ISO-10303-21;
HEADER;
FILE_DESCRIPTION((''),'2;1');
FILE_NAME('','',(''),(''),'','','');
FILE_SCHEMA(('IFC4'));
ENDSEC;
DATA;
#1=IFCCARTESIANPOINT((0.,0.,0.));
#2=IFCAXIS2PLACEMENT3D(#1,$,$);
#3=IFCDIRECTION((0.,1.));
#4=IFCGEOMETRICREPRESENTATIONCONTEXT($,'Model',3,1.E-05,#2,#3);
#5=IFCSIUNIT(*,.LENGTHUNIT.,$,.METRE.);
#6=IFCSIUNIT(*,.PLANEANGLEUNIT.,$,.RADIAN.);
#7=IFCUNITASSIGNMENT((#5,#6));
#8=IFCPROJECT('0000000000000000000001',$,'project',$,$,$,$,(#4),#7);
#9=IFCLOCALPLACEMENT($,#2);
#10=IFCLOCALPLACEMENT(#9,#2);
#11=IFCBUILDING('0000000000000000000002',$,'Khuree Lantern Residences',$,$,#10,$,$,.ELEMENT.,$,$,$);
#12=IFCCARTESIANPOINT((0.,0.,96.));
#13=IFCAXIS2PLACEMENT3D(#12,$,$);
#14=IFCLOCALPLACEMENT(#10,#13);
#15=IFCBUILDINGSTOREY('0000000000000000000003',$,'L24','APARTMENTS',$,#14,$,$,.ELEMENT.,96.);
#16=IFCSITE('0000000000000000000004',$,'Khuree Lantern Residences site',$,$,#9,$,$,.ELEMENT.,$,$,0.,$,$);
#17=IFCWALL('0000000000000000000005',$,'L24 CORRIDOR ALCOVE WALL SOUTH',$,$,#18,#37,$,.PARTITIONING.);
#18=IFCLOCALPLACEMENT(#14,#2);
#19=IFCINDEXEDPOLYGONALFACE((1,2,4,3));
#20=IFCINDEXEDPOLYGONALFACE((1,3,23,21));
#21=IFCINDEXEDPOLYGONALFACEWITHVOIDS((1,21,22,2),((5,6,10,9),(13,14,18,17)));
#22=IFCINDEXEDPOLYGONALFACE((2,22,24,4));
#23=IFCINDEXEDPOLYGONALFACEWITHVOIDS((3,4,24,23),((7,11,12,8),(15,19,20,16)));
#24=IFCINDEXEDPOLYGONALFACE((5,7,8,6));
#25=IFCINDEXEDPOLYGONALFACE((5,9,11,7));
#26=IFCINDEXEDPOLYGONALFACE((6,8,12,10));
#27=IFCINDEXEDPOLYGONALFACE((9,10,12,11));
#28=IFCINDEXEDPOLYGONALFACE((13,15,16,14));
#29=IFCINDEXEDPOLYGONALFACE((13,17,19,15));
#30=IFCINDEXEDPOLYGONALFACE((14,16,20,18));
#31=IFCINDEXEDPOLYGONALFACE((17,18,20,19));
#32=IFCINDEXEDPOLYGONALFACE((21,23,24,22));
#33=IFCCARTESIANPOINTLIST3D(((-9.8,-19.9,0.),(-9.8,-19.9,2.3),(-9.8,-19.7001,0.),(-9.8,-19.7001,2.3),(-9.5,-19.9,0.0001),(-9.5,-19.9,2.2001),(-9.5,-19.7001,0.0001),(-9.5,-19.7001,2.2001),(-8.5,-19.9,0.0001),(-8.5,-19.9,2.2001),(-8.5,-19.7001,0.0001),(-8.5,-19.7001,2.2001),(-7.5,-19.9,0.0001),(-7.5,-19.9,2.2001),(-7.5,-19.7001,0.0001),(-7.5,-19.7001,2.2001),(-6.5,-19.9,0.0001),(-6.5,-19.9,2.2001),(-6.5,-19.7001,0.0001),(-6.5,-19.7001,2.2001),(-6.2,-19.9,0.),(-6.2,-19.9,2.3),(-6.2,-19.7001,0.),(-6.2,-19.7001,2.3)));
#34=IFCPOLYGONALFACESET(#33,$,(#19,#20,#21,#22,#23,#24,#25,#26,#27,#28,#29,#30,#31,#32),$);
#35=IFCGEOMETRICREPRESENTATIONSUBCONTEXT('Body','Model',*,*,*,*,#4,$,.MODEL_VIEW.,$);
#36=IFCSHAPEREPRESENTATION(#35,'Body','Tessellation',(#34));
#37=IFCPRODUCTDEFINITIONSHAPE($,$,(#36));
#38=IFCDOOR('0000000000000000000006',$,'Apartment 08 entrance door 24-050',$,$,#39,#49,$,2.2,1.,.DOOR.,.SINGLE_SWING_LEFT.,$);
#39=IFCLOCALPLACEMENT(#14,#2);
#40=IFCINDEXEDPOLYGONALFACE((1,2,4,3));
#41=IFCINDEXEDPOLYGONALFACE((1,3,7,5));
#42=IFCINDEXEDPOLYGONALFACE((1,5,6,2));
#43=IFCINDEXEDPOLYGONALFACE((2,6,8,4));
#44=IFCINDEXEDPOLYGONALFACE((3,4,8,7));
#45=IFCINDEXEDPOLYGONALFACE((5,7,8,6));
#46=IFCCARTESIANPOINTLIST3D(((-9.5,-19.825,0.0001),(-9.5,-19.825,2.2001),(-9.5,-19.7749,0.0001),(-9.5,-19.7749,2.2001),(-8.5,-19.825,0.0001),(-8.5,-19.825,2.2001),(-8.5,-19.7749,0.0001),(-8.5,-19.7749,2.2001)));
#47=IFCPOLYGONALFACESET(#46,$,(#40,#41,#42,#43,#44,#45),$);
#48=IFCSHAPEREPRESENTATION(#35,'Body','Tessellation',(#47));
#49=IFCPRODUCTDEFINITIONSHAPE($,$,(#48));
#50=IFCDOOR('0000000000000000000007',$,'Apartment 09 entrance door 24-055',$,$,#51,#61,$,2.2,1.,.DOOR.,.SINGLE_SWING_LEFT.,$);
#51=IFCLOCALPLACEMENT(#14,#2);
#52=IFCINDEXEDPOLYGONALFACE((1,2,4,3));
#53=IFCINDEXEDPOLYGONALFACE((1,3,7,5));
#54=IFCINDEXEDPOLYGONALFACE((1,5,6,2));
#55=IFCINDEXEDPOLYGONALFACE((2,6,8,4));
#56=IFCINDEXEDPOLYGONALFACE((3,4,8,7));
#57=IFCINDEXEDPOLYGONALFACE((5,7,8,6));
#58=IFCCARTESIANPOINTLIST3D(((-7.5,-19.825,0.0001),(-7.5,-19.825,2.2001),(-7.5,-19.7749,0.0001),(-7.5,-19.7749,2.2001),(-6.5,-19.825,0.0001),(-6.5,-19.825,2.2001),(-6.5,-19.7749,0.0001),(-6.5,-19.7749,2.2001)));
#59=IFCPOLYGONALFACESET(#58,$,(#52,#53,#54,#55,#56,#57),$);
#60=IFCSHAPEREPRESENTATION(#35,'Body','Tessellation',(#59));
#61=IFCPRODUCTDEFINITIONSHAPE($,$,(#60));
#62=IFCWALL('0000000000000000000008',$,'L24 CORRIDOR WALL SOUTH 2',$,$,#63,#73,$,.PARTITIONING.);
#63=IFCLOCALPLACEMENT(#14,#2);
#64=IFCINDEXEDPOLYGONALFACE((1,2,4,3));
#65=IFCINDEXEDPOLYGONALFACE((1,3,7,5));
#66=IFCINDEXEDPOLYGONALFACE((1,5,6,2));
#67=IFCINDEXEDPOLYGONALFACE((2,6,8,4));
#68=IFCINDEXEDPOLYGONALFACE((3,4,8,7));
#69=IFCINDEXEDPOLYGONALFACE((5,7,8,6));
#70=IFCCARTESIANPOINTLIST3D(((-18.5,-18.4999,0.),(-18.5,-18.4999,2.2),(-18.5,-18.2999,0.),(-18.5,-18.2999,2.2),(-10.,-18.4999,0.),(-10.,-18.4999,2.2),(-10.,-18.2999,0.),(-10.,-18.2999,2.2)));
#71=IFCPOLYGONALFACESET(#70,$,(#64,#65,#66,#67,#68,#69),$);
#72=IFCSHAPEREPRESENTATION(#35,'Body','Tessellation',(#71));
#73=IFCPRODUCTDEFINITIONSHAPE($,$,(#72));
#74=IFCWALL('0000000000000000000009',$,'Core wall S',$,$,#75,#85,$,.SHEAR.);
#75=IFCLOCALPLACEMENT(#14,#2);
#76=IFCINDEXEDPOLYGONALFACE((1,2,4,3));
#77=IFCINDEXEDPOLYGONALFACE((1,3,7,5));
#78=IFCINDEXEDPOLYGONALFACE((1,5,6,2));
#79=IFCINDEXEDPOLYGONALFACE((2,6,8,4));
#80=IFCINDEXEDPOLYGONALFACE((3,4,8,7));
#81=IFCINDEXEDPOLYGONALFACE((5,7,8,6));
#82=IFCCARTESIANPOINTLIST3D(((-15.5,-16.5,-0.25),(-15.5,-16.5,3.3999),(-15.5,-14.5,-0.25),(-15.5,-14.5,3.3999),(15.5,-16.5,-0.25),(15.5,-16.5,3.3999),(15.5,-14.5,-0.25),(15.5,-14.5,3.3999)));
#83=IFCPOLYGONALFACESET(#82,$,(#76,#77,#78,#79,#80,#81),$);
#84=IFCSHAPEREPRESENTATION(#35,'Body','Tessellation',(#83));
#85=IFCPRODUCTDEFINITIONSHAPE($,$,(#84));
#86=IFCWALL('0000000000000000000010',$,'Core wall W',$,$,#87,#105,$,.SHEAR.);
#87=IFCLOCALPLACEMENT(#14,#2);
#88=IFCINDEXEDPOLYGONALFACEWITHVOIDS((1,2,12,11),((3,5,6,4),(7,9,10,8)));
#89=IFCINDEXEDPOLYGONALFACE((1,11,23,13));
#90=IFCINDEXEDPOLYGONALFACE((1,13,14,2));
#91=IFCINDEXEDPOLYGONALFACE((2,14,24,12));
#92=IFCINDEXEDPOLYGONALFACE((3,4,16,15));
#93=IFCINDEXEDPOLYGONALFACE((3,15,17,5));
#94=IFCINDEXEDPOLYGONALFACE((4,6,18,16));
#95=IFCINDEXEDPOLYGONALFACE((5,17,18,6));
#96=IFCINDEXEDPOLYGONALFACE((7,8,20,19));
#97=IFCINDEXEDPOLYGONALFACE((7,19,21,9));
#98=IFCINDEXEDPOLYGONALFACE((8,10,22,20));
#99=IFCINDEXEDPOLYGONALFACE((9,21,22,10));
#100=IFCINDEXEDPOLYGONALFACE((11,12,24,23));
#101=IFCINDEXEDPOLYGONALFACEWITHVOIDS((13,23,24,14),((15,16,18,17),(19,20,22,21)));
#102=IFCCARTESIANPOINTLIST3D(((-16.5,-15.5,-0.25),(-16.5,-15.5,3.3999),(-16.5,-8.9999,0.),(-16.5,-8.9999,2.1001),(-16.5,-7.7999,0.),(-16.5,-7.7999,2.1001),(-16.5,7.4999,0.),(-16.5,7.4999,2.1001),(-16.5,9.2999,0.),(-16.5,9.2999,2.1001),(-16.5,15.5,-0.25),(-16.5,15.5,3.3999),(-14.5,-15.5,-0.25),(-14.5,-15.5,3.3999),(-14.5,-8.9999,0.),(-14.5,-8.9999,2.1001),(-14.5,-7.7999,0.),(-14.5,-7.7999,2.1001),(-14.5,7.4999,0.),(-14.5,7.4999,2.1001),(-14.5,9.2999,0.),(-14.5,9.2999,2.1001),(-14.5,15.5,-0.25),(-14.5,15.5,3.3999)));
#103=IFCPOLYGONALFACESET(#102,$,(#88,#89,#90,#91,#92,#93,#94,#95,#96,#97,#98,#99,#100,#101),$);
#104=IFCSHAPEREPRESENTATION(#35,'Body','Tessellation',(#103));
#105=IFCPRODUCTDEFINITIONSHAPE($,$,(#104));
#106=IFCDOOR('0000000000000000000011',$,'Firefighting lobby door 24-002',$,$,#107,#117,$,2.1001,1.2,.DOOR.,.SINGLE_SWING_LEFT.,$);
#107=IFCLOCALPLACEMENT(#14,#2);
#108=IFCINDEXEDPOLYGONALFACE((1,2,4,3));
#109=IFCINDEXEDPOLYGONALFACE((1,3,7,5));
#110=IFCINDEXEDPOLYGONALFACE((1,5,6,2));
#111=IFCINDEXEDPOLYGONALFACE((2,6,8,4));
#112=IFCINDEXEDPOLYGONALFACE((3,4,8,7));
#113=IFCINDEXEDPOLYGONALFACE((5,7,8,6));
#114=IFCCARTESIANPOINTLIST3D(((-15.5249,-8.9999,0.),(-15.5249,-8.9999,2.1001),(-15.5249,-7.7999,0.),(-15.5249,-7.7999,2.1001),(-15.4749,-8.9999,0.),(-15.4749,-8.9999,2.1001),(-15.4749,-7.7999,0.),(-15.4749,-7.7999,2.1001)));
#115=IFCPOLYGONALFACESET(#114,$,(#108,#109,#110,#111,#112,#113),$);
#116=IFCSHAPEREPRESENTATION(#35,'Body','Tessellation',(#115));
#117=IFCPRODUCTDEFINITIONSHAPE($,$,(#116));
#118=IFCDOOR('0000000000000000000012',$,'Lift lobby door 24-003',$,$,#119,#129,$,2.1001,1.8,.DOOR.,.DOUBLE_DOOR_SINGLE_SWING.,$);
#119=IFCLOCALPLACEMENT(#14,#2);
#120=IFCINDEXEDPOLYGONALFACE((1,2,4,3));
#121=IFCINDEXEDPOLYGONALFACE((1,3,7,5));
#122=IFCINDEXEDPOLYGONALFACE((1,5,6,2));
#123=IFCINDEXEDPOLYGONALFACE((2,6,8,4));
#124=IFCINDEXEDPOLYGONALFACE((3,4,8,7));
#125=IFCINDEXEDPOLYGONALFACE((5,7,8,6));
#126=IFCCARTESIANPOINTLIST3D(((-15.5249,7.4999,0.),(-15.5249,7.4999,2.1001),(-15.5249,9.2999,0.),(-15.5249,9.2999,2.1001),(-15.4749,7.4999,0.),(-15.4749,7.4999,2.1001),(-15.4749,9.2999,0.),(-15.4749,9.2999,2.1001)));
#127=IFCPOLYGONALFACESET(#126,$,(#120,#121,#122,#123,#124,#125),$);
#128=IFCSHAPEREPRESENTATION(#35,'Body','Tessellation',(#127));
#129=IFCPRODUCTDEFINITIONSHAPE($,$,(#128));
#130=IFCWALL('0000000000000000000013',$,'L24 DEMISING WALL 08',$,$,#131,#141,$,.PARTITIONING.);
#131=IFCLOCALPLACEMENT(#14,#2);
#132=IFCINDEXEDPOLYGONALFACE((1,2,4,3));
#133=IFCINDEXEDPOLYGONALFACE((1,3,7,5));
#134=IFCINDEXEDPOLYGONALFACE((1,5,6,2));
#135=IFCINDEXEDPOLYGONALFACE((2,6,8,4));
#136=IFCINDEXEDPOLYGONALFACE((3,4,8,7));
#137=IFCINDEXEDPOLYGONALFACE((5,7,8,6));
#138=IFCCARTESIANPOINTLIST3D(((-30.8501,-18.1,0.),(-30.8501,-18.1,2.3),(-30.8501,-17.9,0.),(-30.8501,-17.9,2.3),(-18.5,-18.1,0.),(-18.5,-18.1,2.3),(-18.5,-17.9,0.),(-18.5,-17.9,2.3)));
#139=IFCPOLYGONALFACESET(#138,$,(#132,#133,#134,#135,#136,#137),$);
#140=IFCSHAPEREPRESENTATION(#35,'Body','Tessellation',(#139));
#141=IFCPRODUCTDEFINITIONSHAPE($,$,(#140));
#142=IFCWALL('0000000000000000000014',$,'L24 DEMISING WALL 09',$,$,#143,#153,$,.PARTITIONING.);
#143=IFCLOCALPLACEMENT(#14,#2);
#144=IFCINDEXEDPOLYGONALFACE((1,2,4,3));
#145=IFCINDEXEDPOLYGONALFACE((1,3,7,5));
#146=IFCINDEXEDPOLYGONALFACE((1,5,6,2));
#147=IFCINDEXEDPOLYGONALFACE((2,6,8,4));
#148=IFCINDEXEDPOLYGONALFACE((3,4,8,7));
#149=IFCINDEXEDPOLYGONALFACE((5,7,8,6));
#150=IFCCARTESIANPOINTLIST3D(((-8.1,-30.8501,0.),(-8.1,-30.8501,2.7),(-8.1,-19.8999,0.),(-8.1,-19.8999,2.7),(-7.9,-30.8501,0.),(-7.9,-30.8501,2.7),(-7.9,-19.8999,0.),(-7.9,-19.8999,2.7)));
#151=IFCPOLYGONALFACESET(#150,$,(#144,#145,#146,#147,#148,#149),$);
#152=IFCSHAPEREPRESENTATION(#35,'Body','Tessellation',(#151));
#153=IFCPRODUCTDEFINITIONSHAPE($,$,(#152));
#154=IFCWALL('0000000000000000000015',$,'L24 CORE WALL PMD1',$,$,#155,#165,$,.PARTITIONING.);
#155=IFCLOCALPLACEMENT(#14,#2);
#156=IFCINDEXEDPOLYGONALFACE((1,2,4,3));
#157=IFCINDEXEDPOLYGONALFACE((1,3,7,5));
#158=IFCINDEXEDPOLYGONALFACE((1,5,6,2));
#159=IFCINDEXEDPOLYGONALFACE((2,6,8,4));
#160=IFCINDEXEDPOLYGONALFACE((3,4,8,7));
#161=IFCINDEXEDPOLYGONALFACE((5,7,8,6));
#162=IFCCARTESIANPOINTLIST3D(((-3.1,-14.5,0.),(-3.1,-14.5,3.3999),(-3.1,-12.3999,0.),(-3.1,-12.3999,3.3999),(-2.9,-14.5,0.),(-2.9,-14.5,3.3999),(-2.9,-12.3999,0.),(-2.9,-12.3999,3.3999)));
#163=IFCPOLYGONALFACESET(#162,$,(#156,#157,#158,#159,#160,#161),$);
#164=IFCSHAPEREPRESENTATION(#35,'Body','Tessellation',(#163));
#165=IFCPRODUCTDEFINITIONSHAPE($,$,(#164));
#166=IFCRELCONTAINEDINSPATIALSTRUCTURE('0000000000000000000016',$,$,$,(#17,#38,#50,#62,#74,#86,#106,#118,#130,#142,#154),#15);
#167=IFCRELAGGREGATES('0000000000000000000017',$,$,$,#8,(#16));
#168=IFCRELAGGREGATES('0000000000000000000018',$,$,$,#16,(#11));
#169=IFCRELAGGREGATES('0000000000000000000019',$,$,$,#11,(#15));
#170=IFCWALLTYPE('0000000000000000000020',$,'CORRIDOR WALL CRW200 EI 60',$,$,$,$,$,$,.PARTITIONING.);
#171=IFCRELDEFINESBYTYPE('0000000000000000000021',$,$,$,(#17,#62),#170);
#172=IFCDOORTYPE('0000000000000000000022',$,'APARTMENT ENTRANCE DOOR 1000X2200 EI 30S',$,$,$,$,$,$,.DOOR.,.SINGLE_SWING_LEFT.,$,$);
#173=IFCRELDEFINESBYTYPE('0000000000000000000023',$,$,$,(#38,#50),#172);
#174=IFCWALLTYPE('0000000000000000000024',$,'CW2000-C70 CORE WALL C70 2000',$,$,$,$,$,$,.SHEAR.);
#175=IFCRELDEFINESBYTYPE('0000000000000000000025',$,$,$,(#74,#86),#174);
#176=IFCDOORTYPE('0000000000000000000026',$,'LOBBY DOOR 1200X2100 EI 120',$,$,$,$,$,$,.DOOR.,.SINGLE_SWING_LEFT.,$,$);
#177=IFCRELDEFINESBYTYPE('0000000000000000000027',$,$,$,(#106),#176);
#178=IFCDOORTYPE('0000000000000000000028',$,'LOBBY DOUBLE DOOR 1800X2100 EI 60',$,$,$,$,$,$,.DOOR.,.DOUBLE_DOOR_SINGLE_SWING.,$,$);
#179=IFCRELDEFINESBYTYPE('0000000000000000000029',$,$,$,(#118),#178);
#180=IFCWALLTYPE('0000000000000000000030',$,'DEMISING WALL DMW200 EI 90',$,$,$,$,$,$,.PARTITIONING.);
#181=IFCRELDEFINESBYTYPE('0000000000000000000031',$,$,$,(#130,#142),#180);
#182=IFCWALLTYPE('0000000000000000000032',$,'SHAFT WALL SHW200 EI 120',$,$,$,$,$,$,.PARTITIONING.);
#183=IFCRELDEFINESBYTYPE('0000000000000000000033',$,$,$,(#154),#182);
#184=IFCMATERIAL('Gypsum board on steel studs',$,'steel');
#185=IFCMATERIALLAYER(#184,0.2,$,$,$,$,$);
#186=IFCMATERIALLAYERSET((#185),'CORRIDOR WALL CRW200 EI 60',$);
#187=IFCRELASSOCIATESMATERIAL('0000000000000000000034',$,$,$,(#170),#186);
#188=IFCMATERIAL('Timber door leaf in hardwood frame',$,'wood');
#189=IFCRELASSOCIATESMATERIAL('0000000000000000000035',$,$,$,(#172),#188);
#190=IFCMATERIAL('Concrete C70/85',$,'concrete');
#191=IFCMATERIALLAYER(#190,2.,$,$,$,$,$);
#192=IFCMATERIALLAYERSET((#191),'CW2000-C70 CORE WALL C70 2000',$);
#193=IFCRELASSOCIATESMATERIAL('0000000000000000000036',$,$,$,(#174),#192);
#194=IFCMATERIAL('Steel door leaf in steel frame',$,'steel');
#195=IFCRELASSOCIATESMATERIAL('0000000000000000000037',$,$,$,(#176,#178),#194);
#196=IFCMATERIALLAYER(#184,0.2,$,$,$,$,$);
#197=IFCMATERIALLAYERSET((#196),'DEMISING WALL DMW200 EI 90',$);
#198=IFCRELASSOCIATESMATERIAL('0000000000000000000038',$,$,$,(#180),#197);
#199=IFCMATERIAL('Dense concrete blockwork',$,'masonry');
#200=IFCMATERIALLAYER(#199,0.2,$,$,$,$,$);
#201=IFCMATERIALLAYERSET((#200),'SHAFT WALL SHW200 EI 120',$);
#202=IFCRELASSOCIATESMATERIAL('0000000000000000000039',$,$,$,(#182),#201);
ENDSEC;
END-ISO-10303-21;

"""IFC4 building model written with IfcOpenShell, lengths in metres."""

from ifc_helpers import new_model, si_unit, direction, frame, frame_2d, origin, place, context, subcontext, project, spatial, rectangle, extrude, material, layer, layer_set, type_object, element, fill, save


model = new_model("IFC4")

# Units and contexts
model_context = context("Model", 3, precision=1e-05, world=origin(), true_north=direction((0.0, 1.0)))
body_context = subcontext(model_context, "Body", "Model", "MODEL_VIEW")
ifc_project = project(units=[si_unit("LENGTHUNIT", "METRE"), si_unit("PLANEANGLEUNIT", "RADIAN")], contexts=[model_context])

# Site, building, storey
site_placement = place(None, origin())
site = spatial("IfcSite", under=ifc_project, at=site_placement, Name="Khuree Lantern Residences site", CompositionType="ELEMENT", RefElevation=0.0)
building_placement = place(site_placement, origin())
building = spatial("IfcBuilding", under=site, at=building_placement, Name="Khuree Lantern Residences", CompositionType="ELEMENT")
storey_placement = place(building_placement, frame((0.0, 0.0, 96.0)))
storey = spatial("IfcBuildingStorey", under=building, at=storey_placement, Name="L24", Description="APARTMENTS", CompositionType="ELEMENT", Elevation=96.0)

# Shared definitions
ifc_material_1 = material(Name="Concrete C70/85", Category="concrete")

# Shared definitions
ifc_material_2 = material(Name="Timber door leaf in hardwood frame", Category="wood")

# Shared definitions
ifc_material_3 = material(Name="Dense concrete blockwork", Category="masonry")
ifc_material_4 = material(Name="Gypsum board on steel studs", Category="steel")
ifc_layer_1 = layer(ifc_material_4, 0.2)
ifc_layer_set_1 = layer_set([ifc_layer_1], Name="CORRIDOR WALL CRW200 EI 60")
wall_type_1 = type_object("IfcWallType", Name="CORRIDOR WALL CRW200 EI 60", PredefinedType="PARTITIONING", material=ifc_layer_set_1)

# Wall, openings, doors
wall_1_placement = place(storey_placement, frame((-6.2, -19.8, 0.0), z_axis=(0.0, 0.0, 1.0), x_axis=(-1.0, 0.0, 0.0)))
wall_1 = element("IfcWall", 1, at=wall_1_placement, inside=storey, type_object=wall_type_1, Name="L24 CORRIDOR ALCOVE WALL SOUTH", PredefinedType="PARTITIONING", context=body_context, shape_type="SweptSolid", body=[
    extrude(rectangle(XDim=3.6001, YDim=0.2, at=frame_2d((1.8, 0.0))), origin(), (0.0, 0.0, 1.0), 2.3),
])
opening_1_placement = place(wall_1_placement, frame((2.3, 0.0, 0.0)))
opening_1 = element("IfcOpeningElement", 2, at=opening_1_placement, cuts=wall_1, PredefinedType="OPENING", context=body_context, shape_type="SweptSolid", body=[
    extrude(rectangle(XDim=1.0, YDim=2.2, at=frame_2d((0.5, 1.1001))), frame((0.0, 0.1099, 0.0), z_axis=(0.0, -1.0, 0.0), x_axis=(1.0, 0.0, 0.0)), (0.0, 0.0, 1.0), 0.22),
])
opening_2_placement = place(wall_1_placement, frame((0.3, 0.0, 0.0)))
opening_2 = element("IfcOpeningElement", 3, at=opening_2_placement, cuts=wall_1, PredefinedType="OPENING", context=body_context, shape_type="SweptSolid", body=[
    extrude(rectangle(XDim=1.0, YDim=2.2, at=frame_2d((0.5, 1.1001))), frame((0.0, 0.1099, 0.0), z_axis=(0.0, -1.0, 0.0), x_axis=(1.0, 0.0, 0.0)), (0.0, 0.0, 1.0), 0.22),
])
door_type_1 = type_object("IfcDoorType", Name="APARTMENT ENTRANCE DOOR 1000X2200 EI 30S", OperationType="SINGLE_SWING_LEFT", PredefinedType="DOOR", material=ifc_material_2)
door_1_placement = place(opening_1_placement, origin())
door_1 = element("IfcDoor", 4, at=door_1_placement, inside=storey, type_object=door_type_1, Name="Apartment 08 entrance door 24-050", OperationType="SINGLE_SWING_LEFT", OverallHeight=2.2, OverallWidth=1.0, PredefinedType="DOOR", context=body_context, shape_type="SweptSolid", body=[
    extrude(rectangle(XDim=1.0, YDim=2.2, at=frame_2d((0.5, 1.1001))), frame((0.0, 0.0249, 0.0), z_axis=(0.0, -1.0, 0.0), x_axis=(1.0, 0.0, 0.0)), (0.0, 0.0, 1.0), 0.05),
])
fill(opening_1, door_1)
door_2_placement = place(opening_2_placement, origin())
door_2 = element("IfcDoor", 5, at=door_2_placement, inside=storey, type_object=door_type_1, Name="Apartment 09 entrance door 24-055", OperationType="SINGLE_SWING_LEFT", OverallHeight=2.2, OverallWidth=1.0, PredefinedType="DOOR", context=body_context, shape_type="SweptSolid", body=[
    extrude(rectangle(XDim=1.0, YDim=2.2, at=frame_2d((0.5, 1.1001))), frame((0.0, 0.0249, 0.0), z_axis=(0.0, -1.0, 0.0), x_axis=(1.0, 0.0, 0.0)), (0.0, 0.0, 1.0), 0.05),
])
fill(opening_2, door_2)

# Walls
wall_2_placement = place(storey_placement, frame((-10.0, -18.3999, 0.0), z_axis=(0.0, 0.0, 1.0), x_axis=(-1.0, 0.0, 0.0)))
element("IfcWall", 6, at=wall_2_placement, inside=storey, type_object=wall_type_1, Name="L24 CORRIDOR WALL SOUTH 2", PredefinedType="PARTITIONING", context=body_context, shape_type="SweptSolid", body=[
    extrude(rectangle(XDim=8.5, YDim=0.2, at=frame_2d((4.25, 0.0))), origin(), (0.0, 0.0, 1.0), 2.2),
])
ifc_layer_2 = layer(ifc_material_1, 2.0)
ifc_layer_set_2 = layer_set([ifc_layer_2], Name="CW2000-C70 CORE WALL C70 2000")
wall_type_2 = type_object("IfcWallType", Name="CW2000-C70 CORE WALL C70 2000", PredefinedType="SHEAR", material=ifc_layer_set_2)
wall_3_placement = place(storey_placement, frame((-15.5, -15.5, -0.25), z_axis=(0.0, 0.0, 1.0), x_axis=(1.0, 0.0, 0.0)))
element("IfcWall", 7, at=wall_3_placement, inside=storey, type_object=wall_type_2, Name="Core wall S", PredefinedType="SHEAR", context=body_context, shape_type="SweptSolid", body=[
    extrude(rectangle(XDim=31.0, YDim=2.0, at=frame_2d((15.5, 0.0))), origin(), (0.0, 0.0, 1.0), 3.6499),
])

# Wall, openings, doors
wall_4_placement = place(storey_placement, frame((-15.5, -15.5, -0.25), z_axis=(0.0, 0.0, 1.0), x_axis=(0.0, 1.0, 0.0)))
wall_4 = element("IfcWall", 8, at=wall_4_placement, inside=storey, type_object=wall_type_2, Name="Core wall W", PredefinedType="SHEAR", context=body_context, shape_type="SweptSolid", body=[
    extrude(rectangle(XDim=31.0, YDim=2.0, at=frame_2d((15.5, 0.0))), origin(), (0.0, 0.0, 1.0), 3.6499),
])
opening_3_placement = place(wall_4_placement, frame((6.5, 0.0, 0.25)))
opening_3 = element("IfcOpeningElement", 9, at=opening_3_placement, cuts=wall_4, PredefinedType="OPENING", context=body_context, shape_type="SweptSolid", body=[
    extrude(rectangle(XDim=1.2, YDim=2.1001, at=frame_2d((0.6001, 1.05))), frame((0.0, 1.01, 0.0), z_axis=(0.0, -1.0, 0.0), x_axis=(1.0, 0.0, 0.0)), (0.0, 0.0, 1.0), 2.02),
])
opening_4_placement = place(wall_4_placement, frame((23.0, 0.0, 0.25)))
opening_4 = element("IfcOpeningElement", 10, at=opening_4_placement, cuts=wall_4, PredefinedType="OPENING", context=body_context, shape_type="SweptSolid", body=[
    extrude(rectangle(XDim=1.8, YDim=2.1001, at=frame_2d((0.8999, 1.05))), frame((0.0, 1.01, 0.0), z_axis=(0.0, -1.0, 0.0), x_axis=(1.0, 0.0, 0.0)), (0.0, 0.0, 1.0), 2.02),
])
ifc_material_5 = material(Name="Steel door leaf in steel frame", Category="steel")
door_type_2 = type_object("IfcDoorType", Name="LOBBY DOOR 1200X2100 EI 120", OperationType="SINGLE_SWING_LEFT", PredefinedType="DOOR", material=ifc_material_5)
door_3_placement = place(opening_3_placement, origin())
door_3 = element("IfcDoor", 11, at=door_3_placement, inside=storey, type_object=door_type_2, Name="Firefighting lobby door 24-002", OperationType="SINGLE_SWING_LEFT", OverallHeight=2.1001, OverallWidth=1.2, PredefinedType="DOOR", context=body_context, shape_type="SweptSolid", body=[
    extrude(rectangle(XDim=1.2, YDim=2.1001, at=frame_2d((0.6001, 1.05))), frame((0.0, 0.0249, 0.0), z_axis=(0.0, -1.0, 0.0), x_axis=(1.0, 0.0, 0.0)), (0.0, 0.0, 1.0), 0.05),
])
fill(opening_3, door_3)
door_type_3 = type_object("IfcDoorType", Name="LOBBY DOUBLE DOOR 1800X2100 EI 60", OperationType="DOUBLE_DOOR_SINGLE_SWING", PredefinedType="DOOR", material=ifc_material_5)
door_4_placement = place(opening_4_placement, origin())
door_4 = element("IfcDoor", 12, at=door_4_placement, inside=storey, type_object=door_type_3, Name="Lift lobby door 24-003", OperationType="DOUBLE_DOOR_SINGLE_SWING", OverallHeight=2.1001, OverallWidth=1.8, PredefinedType="DOOR", context=body_context, shape_type="SweptSolid", body=[
    extrude(rectangle(XDim=1.8, YDim=2.1001, at=frame_2d((0.8999, 1.05))), frame((0.0, 0.0249, 0.0), z_axis=(0.0, -1.0, 0.0), x_axis=(1.0, 0.0, 0.0)), (0.0, 0.0, 1.0), 0.05),
])
fill(opening_4, door_4)

# Walls
ifc_layer_3 = layer(ifc_material_4, 0.2)
ifc_layer_set_3 = layer_set([ifc_layer_3], Name="DEMISING WALL DMW200 EI 90")
wall_type_3 = type_object("IfcWallType", Name="DEMISING WALL DMW200 EI 90", PredefinedType="PARTITIONING", material=ifc_layer_set_3)
wall_5_placement = place(storey_placement, frame((-18.5, -18.0, 0.0), z_axis=(0.0, 0.0, 1.0), x_axis=(-1.0, 0.0, 0.0)))
element("IfcWall", 13, at=wall_5_placement, inside=storey, type_object=wall_type_3, Name="L24 DEMISING WALL 08", PredefinedType="PARTITIONING", context=body_context, shape_type="SweptSolid", body=[
    extrude(rectangle(XDim=12.3501, YDim=0.2, at=frame_2d((6.175, 0.0))), origin(), (0.0, 0.0, 1.0), 2.3),
])
wall_6_placement = place(storey_placement, frame((-8.0, -19.8999, 0.0), z_axis=(0.0, 0.0, 1.0), x_axis=(0.0, -1.0, 0.0)))
element("IfcWall", 14, at=wall_6_placement, inside=storey, type_object=wall_type_3, Name="L24 DEMISING WALL 09", PredefinedType="PARTITIONING", context=body_context, shape_type="SweptSolid", body=[
    extrude(rectangle(XDim=10.9502, YDim=0.2, at=frame_2d((5.4751, 0.0))), origin(), (0.0, 0.0, 1.0), 2.7),
])
ifc_layer_4 = layer(ifc_material_3, 0.2)
ifc_layer_set_4 = layer_set([ifc_layer_4], Name="SHAFT WALL SHW200 EI 120")
wall_type_4 = type_object("IfcWallType", Name="SHAFT WALL SHW200 EI 120", PredefinedType="PARTITIONING", material=ifc_layer_set_4)
wall_7_placement = place(storey_placement, frame((-3.0, -14.5, 0.0), z_axis=(0.0, 0.0, 1.0), x_axis=(0.0, 1.0, 0.0)))
element("IfcWall", 15, at=wall_7_placement, inside=storey, type_object=wall_type_4, Name="L24 CORE WALL PMD1", PredefinedType="PARTITIONING", context=body_context, shape_type="SweptSolid", body=[
    extrude(rectangle(XDim=2.1001, YDim=0.2, at=frame_2d((1.05, 0.0))), origin(), (0.0, 0.0, 1.0), 3.3999),
])

save(model, "model.ifc")
